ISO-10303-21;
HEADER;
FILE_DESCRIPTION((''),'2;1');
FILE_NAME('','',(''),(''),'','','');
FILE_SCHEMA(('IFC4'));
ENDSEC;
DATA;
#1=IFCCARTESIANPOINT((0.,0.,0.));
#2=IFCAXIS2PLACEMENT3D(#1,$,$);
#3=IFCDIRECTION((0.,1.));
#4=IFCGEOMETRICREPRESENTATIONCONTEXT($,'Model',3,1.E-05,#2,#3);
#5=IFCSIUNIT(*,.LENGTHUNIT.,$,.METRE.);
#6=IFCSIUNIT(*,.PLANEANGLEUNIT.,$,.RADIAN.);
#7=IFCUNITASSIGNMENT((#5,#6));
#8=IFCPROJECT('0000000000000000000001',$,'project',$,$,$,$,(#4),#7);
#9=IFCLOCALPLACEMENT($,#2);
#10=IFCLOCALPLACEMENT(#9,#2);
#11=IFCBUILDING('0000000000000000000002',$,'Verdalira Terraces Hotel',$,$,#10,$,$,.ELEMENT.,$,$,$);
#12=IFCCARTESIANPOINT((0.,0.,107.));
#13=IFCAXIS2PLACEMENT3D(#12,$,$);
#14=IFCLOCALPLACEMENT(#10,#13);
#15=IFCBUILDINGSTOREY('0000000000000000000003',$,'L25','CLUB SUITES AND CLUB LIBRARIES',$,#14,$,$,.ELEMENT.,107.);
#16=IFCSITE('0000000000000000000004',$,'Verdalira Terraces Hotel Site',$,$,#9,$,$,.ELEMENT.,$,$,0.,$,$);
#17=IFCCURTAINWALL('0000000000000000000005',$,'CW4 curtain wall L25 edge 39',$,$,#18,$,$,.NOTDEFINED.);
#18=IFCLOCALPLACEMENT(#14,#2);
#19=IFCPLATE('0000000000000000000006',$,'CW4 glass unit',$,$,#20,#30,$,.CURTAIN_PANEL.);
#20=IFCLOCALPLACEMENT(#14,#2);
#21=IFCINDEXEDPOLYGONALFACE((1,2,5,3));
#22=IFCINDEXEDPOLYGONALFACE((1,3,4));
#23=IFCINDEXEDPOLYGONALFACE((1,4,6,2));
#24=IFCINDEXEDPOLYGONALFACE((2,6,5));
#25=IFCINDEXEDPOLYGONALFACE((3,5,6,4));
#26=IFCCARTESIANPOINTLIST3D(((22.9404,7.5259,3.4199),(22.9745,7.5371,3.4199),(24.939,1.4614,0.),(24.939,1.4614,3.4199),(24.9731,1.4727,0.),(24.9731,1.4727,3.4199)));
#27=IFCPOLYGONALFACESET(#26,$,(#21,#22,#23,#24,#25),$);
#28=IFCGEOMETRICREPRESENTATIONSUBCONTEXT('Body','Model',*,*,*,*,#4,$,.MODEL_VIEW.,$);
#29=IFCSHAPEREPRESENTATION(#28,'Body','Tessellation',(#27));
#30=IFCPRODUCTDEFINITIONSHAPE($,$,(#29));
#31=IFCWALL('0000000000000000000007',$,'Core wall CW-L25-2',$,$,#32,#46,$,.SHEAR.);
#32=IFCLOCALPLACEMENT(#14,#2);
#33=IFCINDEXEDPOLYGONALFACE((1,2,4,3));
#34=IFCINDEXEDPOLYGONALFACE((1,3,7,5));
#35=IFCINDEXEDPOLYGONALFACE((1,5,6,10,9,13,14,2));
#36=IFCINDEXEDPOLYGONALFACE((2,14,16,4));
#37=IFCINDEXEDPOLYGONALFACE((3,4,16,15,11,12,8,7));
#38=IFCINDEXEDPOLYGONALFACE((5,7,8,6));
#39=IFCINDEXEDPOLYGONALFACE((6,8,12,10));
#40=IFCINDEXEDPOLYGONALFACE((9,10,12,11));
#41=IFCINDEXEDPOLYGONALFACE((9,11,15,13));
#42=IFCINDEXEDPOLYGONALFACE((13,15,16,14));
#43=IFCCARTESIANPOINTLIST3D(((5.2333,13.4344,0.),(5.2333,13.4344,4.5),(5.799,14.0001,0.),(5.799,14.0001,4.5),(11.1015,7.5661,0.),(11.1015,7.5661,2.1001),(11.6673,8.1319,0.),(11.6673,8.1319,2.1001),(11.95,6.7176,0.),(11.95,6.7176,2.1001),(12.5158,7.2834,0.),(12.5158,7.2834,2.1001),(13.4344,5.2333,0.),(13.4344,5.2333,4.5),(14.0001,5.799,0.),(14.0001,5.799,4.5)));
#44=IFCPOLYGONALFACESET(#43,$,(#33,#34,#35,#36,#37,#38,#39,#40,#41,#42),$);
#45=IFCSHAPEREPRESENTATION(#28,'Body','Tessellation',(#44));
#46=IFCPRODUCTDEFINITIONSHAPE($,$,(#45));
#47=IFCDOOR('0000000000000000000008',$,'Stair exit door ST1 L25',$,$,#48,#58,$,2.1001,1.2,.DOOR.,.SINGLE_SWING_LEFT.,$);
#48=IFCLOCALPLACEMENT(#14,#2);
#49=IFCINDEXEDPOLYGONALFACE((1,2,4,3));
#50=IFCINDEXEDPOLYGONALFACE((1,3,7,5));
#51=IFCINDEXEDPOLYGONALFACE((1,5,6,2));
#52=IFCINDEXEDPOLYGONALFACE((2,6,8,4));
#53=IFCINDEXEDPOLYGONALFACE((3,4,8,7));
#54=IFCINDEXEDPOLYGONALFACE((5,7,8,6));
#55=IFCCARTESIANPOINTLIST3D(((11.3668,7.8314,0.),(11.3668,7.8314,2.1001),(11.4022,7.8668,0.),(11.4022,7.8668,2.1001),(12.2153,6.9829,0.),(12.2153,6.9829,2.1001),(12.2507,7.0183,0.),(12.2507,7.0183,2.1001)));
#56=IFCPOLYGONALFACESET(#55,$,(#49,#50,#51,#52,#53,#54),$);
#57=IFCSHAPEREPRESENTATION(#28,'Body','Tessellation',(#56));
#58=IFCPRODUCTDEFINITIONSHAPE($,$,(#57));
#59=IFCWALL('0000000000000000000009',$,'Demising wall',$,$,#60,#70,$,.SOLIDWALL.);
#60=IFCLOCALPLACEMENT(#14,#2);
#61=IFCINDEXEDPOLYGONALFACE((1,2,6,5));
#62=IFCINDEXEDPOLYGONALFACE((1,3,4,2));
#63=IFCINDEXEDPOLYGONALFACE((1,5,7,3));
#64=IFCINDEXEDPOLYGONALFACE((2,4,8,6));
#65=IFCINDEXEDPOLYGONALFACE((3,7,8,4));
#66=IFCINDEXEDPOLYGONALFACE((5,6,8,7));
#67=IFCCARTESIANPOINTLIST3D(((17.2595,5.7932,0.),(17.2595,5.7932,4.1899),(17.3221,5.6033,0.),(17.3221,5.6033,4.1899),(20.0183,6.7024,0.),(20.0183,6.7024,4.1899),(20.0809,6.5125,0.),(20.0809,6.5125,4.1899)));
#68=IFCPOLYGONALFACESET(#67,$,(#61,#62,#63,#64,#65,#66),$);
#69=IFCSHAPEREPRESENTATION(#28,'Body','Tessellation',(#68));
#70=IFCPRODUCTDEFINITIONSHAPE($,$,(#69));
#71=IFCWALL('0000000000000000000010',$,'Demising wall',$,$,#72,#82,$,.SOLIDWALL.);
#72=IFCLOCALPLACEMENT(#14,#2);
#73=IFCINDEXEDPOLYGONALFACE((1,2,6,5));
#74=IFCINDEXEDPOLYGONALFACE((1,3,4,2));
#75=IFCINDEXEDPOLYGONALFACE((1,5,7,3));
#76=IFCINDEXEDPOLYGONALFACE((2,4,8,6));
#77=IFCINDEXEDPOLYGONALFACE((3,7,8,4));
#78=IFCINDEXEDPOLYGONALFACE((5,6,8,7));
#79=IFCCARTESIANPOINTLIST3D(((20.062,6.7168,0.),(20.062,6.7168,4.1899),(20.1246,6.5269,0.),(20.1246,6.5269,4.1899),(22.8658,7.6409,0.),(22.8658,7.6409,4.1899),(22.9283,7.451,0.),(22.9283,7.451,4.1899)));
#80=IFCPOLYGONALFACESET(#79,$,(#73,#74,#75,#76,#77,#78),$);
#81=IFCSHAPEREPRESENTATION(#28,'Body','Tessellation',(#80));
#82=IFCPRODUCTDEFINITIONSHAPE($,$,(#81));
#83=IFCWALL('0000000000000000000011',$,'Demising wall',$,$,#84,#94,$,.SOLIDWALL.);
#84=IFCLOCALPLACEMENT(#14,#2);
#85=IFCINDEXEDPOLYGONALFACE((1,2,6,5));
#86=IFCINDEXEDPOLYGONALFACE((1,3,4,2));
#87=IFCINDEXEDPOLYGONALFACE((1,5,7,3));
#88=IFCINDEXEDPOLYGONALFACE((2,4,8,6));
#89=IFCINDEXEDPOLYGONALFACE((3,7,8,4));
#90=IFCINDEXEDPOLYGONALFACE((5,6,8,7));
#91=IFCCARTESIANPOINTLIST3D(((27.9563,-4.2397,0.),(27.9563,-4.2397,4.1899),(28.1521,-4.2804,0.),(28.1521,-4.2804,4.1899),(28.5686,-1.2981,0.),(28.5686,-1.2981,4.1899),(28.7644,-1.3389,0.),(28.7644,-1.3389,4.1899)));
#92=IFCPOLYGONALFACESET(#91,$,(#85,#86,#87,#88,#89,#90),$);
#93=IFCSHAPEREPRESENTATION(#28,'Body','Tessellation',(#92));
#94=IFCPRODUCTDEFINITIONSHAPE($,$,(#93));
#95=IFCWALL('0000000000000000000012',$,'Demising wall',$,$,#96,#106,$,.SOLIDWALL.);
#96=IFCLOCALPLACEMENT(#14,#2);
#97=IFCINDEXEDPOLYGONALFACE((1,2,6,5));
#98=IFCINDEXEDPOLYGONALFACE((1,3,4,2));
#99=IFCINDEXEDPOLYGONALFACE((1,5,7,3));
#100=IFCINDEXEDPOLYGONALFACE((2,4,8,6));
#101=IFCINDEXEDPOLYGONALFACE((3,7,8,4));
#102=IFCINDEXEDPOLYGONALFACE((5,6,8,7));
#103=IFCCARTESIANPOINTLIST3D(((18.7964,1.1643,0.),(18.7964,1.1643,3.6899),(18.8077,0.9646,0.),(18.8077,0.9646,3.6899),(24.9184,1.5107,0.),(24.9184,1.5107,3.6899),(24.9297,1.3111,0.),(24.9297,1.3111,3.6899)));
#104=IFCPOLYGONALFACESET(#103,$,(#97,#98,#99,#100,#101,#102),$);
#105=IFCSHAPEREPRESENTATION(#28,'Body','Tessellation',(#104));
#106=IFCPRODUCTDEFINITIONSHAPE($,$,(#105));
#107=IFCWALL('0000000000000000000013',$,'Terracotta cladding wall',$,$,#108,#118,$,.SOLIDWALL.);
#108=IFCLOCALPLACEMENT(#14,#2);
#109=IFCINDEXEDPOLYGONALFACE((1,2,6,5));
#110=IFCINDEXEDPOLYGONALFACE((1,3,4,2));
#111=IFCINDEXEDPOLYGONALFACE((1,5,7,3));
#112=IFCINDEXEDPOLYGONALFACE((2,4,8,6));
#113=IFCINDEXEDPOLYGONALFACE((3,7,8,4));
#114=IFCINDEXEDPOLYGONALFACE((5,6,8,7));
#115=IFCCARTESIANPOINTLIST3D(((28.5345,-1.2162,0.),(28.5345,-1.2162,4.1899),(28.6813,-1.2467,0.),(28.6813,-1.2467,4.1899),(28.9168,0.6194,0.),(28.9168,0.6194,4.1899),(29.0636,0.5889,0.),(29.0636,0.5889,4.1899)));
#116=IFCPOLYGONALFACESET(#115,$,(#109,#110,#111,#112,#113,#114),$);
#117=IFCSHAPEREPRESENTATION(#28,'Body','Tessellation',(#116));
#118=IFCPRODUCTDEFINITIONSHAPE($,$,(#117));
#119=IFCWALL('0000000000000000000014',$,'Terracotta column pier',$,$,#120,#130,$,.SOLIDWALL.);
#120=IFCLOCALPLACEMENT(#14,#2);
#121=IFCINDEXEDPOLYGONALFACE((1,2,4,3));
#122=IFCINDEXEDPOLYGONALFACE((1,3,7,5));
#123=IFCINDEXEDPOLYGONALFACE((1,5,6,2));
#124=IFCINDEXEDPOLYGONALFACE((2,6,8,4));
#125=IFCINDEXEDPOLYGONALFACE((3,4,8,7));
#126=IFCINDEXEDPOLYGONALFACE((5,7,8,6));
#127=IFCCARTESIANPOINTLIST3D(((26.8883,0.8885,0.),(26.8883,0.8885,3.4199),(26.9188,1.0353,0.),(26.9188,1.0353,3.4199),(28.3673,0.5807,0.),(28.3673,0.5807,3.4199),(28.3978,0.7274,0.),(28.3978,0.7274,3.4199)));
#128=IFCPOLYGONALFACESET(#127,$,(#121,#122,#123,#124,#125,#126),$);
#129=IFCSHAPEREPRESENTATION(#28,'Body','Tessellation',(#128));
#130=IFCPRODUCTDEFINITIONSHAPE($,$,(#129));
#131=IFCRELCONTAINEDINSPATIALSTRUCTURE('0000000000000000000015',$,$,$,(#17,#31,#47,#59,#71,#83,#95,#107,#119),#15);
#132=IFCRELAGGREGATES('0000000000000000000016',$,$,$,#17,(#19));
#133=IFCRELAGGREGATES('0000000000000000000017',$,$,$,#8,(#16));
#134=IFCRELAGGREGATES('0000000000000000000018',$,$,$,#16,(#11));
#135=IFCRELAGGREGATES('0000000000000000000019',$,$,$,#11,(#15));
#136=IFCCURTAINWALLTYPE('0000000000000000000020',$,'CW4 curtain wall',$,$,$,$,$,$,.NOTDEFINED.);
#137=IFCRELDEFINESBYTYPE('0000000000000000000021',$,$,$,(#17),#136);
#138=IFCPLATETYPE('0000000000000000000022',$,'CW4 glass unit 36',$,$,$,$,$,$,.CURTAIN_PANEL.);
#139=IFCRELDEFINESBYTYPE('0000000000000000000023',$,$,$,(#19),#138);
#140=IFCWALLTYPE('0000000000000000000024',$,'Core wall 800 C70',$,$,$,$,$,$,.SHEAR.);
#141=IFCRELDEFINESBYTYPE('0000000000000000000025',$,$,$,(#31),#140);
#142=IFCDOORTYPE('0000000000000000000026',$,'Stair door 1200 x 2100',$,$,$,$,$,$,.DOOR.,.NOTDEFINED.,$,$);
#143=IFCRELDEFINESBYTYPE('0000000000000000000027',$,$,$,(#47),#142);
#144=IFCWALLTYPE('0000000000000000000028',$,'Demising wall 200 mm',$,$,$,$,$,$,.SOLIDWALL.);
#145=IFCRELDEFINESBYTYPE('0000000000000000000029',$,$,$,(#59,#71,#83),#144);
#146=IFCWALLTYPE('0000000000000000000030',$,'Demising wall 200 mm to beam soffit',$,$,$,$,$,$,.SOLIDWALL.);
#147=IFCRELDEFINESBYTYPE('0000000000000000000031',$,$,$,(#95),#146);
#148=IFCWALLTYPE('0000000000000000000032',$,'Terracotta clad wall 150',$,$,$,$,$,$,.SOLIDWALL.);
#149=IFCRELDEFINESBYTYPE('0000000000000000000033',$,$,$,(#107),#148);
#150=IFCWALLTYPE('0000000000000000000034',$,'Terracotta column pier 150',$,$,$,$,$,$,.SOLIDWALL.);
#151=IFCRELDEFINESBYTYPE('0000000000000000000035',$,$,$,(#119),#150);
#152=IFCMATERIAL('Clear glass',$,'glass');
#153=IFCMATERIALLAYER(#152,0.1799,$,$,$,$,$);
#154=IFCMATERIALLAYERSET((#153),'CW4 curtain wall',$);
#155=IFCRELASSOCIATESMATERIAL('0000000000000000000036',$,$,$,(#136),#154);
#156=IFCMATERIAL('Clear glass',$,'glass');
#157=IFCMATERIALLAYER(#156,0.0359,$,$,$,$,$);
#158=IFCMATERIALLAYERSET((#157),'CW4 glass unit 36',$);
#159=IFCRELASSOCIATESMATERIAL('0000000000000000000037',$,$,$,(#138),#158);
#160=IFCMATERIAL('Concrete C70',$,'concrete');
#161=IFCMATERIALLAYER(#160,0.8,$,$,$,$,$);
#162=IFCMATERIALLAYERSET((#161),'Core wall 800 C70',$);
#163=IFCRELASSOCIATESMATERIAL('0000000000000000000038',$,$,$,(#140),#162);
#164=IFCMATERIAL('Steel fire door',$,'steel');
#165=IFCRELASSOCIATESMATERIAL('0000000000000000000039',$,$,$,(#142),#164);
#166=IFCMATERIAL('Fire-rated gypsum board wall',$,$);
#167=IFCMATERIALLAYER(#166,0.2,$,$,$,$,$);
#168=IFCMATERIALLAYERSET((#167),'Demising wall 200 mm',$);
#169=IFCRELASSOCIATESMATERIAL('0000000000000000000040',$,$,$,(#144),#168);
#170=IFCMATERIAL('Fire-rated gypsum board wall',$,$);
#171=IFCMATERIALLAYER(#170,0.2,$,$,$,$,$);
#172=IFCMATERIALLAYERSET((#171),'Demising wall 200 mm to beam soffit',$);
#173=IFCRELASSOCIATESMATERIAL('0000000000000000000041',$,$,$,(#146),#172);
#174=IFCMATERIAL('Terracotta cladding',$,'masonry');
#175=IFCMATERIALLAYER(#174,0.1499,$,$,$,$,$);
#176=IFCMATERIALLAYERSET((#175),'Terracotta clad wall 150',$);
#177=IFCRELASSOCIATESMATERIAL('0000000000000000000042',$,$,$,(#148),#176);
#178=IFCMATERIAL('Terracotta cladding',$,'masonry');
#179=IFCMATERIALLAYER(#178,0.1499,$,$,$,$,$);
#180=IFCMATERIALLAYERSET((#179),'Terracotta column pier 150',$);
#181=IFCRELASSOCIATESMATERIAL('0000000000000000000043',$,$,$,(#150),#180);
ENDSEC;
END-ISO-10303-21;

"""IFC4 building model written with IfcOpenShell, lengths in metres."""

from ifc_helpers import new_model, si_unit, direction, frame, frame_2d, origin, place, context, subcontext, project, spatial, polyline, rectangle, outline, extrude, material, layer, layer_set, type_object, element, fill, aggregate, save


model = new_model("IFC4")

# Units and contexts
model_context = context("Model", 3, precision=1e-05, world=origin(), true_north=direction((0.0, 1.0)))
body_context = subcontext(model_context, "Body", "Model", "MODEL_VIEW")
ifc_project = project(units=[si_unit("LENGTHUNIT", "METRE"), si_unit("PLANEANGLEUNIT", "RADIAN")], contexts=[model_context])

# Site, building, storey
site_placement = place(None, origin())
site = spatial("IfcSite", under=ifc_project, at=site_placement, Name="Verdalira Terraces Hotel Site", CompositionType="ELEMENT", RefElevation=0.0)
building_placement = place(site_placement, origin())
building = spatial("IfcBuilding", under=site, at=building_placement, Name="Verdalira Terraces Hotel", CompositionType="ELEMENT")
storey_placement = place(building_placement, frame((0.0, 0.0, 107.0)))
storey = spatial("IfcBuildingStorey", under=building, at=storey_placement, Name="L25", Description="CLUB SUITES AND CLUB LIBRARIES", CompositionType="ELEMENT", Elevation=107.0)

# Shared definitions
ifc_material_1 = material(Name="Clear glass", Category="glass")
ifc_layer_1 = layer(ifc_material_1, 0.1799)
ifc_layer_set_1 = layer_set([ifc_layer_1], Name="CW4 curtain wall")
curtain_wall_type = type_object("IfcCurtainWallType", Name="CW4 curtain wall", PredefinedType="NOTDEFINED", material=ifc_layer_set_1)

# Curtain wall
curtain_wall_1_placement = place(storey_placement, origin())
curtain_wall_1 = element("IfcCurtainWall", 1, at=curtain_wall_1_placement, inside=storey, type_object=curtain_wall_type, Name="CW4 curtain wall L25 edge 39", PredefinedType="NOTDEFINED")

# Plate
ifc_material_2 = material(Name="Clear glass", Category="glass")
ifc_layer_2 = layer(ifc_material_2, 0.0359)
ifc_layer_set_2 = layer_set([ifc_layer_2], Name="CW4 glass unit 36")
plate_type = type_object("IfcPlateType", Name="CW4 glass unit 36", PredefinedType="CURTAIN_PANEL", material=ifc_layer_set_2)
plate_1_placement = place(storey_placement, frame((23.9397, 4.4937, 1.71), z_axis=(0.949754, 0.312998, 0.0), x_axis=(-0.312998, 0.949754, 0.0)))
plate_1 = element("IfcPlate", 2, at=plate_1_placement, type_object=plate_type, Name="CW4 glass unit", PredefinedType="CURTAIN_PANEL", context=body_context, shape_type="SweptSolid", body=[
    extrude(outline(polyline([(-3.1926, -1.71), (3.1926, 1.71), (-3.1926, 1.71), (-3.1926, -1.71)])), origin(), (0.0, 0.0, 1.0), 0.0359),
])
aggregate(curtain_wall_1, [plate_1])

# Wall, opening, door
ifc_material_3 = material(Name="Concrete C70", Category="concrete")
ifc_layer_3 = layer(ifc_material_3, 0.8)
ifc_layer_set_3 = layer_set([ifc_layer_3], Name="Core wall 800 C70")
wall_type_1 = type_object("IfcWallType", Name="Core wall 800 C70", PredefinedType="SHEAR", material=ifc_layer_set_3)
wall_1_placement = place(storey_placement, frame((13.7173, 5.5161, 0.0), z_axis=(0.0, 0.0, 1.0), x_axis=(-0.707107, 0.707107, 0.0)))
wall_1 = element("IfcWall", 3, at=wall_1_placement, inside=storey, type_object=wall_type_1, Name="Core wall CW-L25-2", PredefinedType="SHEAR", context=body_context, shape_type="SweptSolid", body=[
    extrude(rectangle(XDim=11.5981, YDim=0.8, at=frame_2d((5.7991, 0.0))), origin(), (0.0, 0.0, 1.0), 4.5),
])
opening_placement = place(wall_1_placement, frame((2.0991, 0.0, 0.0)))
opening = element("IfcOpeningElement", 4, at=opening_placement, cuts=wall_1, PredefinedType="OPENING", context=body_context, shape_type="SweptSolid", body=[
    extrude(rectangle(XDim=1.2, YDim=2.1001, at=frame_2d((0.6001, 1.05))), frame((0.0, 0.4099, 0.0), z_axis=(0.0, -1.0, 0.0), x_axis=(1.0, 0.0, 0.0)), (0.0, 0.0, 1.0), 0.8201),
])
ifc_material_4 = material(Name="Steel fire door", Category="steel")
door_type = type_object("IfcDoorType", Name="Stair door 1200 x 2100", OperationType="NOTDEFINED", PredefinedType="DOOR", material=ifc_material_4)
door_placement = place(opening_placement, origin())
door = element("IfcDoor", 5, at=door_placement, inside=storey, type_object=door_type, Name="Stair exit door ST1 L25", OperationType="SINGLE_SWING_LEFT", OverallHeight=2.1001, OverallWidth=1.2, PredefinedType="DOOR", context=body_context, shape_type="SweptSolid", body=[
    extrude(rectangle(XDim=1.2, YDim=2.1001, at=frame_2d((0.6001, 1.05))), frame((0.0, 0.0249, 0.0), z_axis=(0.0, -1.0, 0.0), x_axis=(1.0, 0.0, 0.0)), (0.0, 0.0, 1.0), 0.05),
])
fill(opening, door)

# Walls
ifc_material_5 = material(Name="Fire-rated gypsum board wall")
ifc_layer_4 = layer(ifc_material_5, 0.2)
ifc_layer_set_4 = layer_set([ifc_layer_4], Name="Demising wall 200 mm")
wall_type_2 = type_object("IfcWallType", Name="Demising wall 200 mm", PredefinedType="SOLIDWALL", material=ifc_layer_set_4)
wall_2_placement = place(storey_placement, frame((17.2908, 5.6982, 0.0), z_axis=(0.0, 0.0, 1.0), x_axis=(0.949754, 0.312998, 0.0)))
element("IfcWall", 6, at=wall_2_placement, inside=storey, type_object=wall_type_2, Name="Demising wall", PredefinedType="SOLIDWALL", context=body_context, shape_type="SweptSolid", body=[
    extrude(rectangle(XDim=2.9048, YDim=0.2, at=frame_2d((1.4524, 0.0))), origin(), (0.0, 0.0, 1.0), 4.1899),
])
wall_3_placement = place(storey_placement, frame((20.0933, 6.6218, 0.0), z_axis=(0.0, 0.0, 1.0), x_axis=(0.949745, 0.313025, 0.0)))
element("IfcWall", 7, at=wall_3_placement, inside=storey, type_object=wall_type_2, Name="Demising wall", PredefinedType="SOLIDWALL", context=body_context, shape_type="SweptSolid", body=[
    extrude(rectangle(XDim=2.9521, YDim=0.2, at=frame_2d((1.4761, 0.0))), origin(), (0.0, 0.0, 1.0), 4.1899),
])
wall_4_placement = place(storey_placement, frame((28.6665, -1.3184, 0.0), z_axis=(0.0, 0.0, 1.0), x_axis=(-0.203782, -0.979016, 0.0)))
element("IfcWall", 8, at=wall_4_placement, inside=storey, type_object=wall_type_2, Name="Demising wall", PredefinedType="SOLIDWALL", context=body_context, shape_type="SweptSolid", body=[
    extrude(rectangle(XDim=3.0046, YDim=0.2, at=frame_2d((1.5024, 0.0))), origin(), (0.0, 0.0, 1.0), 4.1899),
])
ifc_material_6 = material(Name="Fire-rated gypsum board wall")
ifc_layer_5 = layer(ifc_material_6, 0.2)
ifc_layer_set_5 = layer_set([ifc_layer_5], Name="Demising wall 200 mm to beam soffit")
wall_type_3 = type_object("IfcWallType", Name="Demising wall 200 mm to beam soffit", PredefinedType="SOLIDWALL", material=ifc_layer_set_5)
wall_5_placement = place(storey_placement, frame((18.802, 1.0645, 0.0), z_axis=(0.0, 0.0, 1.0), x_axis=(0.998403, 0.056498, 0.0)))
element("IfcWall", 9, at=wall_5_placement, inside=storey, type_object=wall_type_3, Name="Demising wall", PredefinedType="SOLIDWALL", context=body_context, shape_type="SweptSolid", body=[
    extrude(rectangle(XDim=6.1318, YDim=0.2, at=frame_2d((3.0659, 0.0))), origin(), (0.0, 0.0, 1.0), 3.6899),
])
ifc_material_7 = material(Name="Terracotta cladding", Category="masonry")
ifc_layer_6 = layer(ifc_material_7, 0.1499)
ifc_layer_set_6 = layer_set([ifc_layer_6], Name="Terracotta clad wall 150")
wall_type_4 = type_object("IfcWallType", Name="Terracotta clad wall 150", PredefinedType="SOLIDWALL", material=ifc_layer_set_6)
wall_6_placement = place(storey_placement, frame((28.6079, -1.2314, 0.0), z_axis=(0.0, 0.0, 1.0), x_axis=(0.203897, 0.978992, 0.0)))
element("IfcWall", 10, at=wall_6_placement, inside=storey, type_object=wall_type_4, Name="Terracotta cladding wall", PredefinedType="SOLIDWALL", context=body_context, shape_type="SweptSolid", body=[
    extrude(rectangle(XDim=1.875, YDim=0.1499, at=frame_2d((0.9375, 0.0))), origin(), (0.0, 0.0, 1.0), 4.1899),
])
ifc_material_8 = material(Name="Terracotta cladding", Category="masonry")
ifc_layer_7 = layer(ifc_material_8, 0.1499)
ifc_layer_set_7 = layer_set([ifc_layer_7], Name="Terracotta column pier 150")
wall_type_5 = type_object("IfcWallType", Name="Terracotta column pier 150", PredefinedType="SOLIDWALL", material=ifc_layer_set_7)
wall_7_placement = place(storey_placement, frame((28.3826, 0.6541, 0.0), z_axis=(0.0, 0.0, 1.0), x_axis=(-0.979015, 0.203786, 0.0)))
element("IfcWall", 11, at=wall_7_placement, inside=storey, type_object=wall_type_5, Name="Terracotta column pier", PredefinedType="SOLIDWALL", context=body_context, shape_type="SweptSolid", body=[
    extrude(rectangle(XDim=1.5107, YDim=0.1499, at=frame_2d((0.7554, 0.0))), origin(), (0.0, 0.0, 1.0), 3.4199),
])

save(model, "model.ifc")
